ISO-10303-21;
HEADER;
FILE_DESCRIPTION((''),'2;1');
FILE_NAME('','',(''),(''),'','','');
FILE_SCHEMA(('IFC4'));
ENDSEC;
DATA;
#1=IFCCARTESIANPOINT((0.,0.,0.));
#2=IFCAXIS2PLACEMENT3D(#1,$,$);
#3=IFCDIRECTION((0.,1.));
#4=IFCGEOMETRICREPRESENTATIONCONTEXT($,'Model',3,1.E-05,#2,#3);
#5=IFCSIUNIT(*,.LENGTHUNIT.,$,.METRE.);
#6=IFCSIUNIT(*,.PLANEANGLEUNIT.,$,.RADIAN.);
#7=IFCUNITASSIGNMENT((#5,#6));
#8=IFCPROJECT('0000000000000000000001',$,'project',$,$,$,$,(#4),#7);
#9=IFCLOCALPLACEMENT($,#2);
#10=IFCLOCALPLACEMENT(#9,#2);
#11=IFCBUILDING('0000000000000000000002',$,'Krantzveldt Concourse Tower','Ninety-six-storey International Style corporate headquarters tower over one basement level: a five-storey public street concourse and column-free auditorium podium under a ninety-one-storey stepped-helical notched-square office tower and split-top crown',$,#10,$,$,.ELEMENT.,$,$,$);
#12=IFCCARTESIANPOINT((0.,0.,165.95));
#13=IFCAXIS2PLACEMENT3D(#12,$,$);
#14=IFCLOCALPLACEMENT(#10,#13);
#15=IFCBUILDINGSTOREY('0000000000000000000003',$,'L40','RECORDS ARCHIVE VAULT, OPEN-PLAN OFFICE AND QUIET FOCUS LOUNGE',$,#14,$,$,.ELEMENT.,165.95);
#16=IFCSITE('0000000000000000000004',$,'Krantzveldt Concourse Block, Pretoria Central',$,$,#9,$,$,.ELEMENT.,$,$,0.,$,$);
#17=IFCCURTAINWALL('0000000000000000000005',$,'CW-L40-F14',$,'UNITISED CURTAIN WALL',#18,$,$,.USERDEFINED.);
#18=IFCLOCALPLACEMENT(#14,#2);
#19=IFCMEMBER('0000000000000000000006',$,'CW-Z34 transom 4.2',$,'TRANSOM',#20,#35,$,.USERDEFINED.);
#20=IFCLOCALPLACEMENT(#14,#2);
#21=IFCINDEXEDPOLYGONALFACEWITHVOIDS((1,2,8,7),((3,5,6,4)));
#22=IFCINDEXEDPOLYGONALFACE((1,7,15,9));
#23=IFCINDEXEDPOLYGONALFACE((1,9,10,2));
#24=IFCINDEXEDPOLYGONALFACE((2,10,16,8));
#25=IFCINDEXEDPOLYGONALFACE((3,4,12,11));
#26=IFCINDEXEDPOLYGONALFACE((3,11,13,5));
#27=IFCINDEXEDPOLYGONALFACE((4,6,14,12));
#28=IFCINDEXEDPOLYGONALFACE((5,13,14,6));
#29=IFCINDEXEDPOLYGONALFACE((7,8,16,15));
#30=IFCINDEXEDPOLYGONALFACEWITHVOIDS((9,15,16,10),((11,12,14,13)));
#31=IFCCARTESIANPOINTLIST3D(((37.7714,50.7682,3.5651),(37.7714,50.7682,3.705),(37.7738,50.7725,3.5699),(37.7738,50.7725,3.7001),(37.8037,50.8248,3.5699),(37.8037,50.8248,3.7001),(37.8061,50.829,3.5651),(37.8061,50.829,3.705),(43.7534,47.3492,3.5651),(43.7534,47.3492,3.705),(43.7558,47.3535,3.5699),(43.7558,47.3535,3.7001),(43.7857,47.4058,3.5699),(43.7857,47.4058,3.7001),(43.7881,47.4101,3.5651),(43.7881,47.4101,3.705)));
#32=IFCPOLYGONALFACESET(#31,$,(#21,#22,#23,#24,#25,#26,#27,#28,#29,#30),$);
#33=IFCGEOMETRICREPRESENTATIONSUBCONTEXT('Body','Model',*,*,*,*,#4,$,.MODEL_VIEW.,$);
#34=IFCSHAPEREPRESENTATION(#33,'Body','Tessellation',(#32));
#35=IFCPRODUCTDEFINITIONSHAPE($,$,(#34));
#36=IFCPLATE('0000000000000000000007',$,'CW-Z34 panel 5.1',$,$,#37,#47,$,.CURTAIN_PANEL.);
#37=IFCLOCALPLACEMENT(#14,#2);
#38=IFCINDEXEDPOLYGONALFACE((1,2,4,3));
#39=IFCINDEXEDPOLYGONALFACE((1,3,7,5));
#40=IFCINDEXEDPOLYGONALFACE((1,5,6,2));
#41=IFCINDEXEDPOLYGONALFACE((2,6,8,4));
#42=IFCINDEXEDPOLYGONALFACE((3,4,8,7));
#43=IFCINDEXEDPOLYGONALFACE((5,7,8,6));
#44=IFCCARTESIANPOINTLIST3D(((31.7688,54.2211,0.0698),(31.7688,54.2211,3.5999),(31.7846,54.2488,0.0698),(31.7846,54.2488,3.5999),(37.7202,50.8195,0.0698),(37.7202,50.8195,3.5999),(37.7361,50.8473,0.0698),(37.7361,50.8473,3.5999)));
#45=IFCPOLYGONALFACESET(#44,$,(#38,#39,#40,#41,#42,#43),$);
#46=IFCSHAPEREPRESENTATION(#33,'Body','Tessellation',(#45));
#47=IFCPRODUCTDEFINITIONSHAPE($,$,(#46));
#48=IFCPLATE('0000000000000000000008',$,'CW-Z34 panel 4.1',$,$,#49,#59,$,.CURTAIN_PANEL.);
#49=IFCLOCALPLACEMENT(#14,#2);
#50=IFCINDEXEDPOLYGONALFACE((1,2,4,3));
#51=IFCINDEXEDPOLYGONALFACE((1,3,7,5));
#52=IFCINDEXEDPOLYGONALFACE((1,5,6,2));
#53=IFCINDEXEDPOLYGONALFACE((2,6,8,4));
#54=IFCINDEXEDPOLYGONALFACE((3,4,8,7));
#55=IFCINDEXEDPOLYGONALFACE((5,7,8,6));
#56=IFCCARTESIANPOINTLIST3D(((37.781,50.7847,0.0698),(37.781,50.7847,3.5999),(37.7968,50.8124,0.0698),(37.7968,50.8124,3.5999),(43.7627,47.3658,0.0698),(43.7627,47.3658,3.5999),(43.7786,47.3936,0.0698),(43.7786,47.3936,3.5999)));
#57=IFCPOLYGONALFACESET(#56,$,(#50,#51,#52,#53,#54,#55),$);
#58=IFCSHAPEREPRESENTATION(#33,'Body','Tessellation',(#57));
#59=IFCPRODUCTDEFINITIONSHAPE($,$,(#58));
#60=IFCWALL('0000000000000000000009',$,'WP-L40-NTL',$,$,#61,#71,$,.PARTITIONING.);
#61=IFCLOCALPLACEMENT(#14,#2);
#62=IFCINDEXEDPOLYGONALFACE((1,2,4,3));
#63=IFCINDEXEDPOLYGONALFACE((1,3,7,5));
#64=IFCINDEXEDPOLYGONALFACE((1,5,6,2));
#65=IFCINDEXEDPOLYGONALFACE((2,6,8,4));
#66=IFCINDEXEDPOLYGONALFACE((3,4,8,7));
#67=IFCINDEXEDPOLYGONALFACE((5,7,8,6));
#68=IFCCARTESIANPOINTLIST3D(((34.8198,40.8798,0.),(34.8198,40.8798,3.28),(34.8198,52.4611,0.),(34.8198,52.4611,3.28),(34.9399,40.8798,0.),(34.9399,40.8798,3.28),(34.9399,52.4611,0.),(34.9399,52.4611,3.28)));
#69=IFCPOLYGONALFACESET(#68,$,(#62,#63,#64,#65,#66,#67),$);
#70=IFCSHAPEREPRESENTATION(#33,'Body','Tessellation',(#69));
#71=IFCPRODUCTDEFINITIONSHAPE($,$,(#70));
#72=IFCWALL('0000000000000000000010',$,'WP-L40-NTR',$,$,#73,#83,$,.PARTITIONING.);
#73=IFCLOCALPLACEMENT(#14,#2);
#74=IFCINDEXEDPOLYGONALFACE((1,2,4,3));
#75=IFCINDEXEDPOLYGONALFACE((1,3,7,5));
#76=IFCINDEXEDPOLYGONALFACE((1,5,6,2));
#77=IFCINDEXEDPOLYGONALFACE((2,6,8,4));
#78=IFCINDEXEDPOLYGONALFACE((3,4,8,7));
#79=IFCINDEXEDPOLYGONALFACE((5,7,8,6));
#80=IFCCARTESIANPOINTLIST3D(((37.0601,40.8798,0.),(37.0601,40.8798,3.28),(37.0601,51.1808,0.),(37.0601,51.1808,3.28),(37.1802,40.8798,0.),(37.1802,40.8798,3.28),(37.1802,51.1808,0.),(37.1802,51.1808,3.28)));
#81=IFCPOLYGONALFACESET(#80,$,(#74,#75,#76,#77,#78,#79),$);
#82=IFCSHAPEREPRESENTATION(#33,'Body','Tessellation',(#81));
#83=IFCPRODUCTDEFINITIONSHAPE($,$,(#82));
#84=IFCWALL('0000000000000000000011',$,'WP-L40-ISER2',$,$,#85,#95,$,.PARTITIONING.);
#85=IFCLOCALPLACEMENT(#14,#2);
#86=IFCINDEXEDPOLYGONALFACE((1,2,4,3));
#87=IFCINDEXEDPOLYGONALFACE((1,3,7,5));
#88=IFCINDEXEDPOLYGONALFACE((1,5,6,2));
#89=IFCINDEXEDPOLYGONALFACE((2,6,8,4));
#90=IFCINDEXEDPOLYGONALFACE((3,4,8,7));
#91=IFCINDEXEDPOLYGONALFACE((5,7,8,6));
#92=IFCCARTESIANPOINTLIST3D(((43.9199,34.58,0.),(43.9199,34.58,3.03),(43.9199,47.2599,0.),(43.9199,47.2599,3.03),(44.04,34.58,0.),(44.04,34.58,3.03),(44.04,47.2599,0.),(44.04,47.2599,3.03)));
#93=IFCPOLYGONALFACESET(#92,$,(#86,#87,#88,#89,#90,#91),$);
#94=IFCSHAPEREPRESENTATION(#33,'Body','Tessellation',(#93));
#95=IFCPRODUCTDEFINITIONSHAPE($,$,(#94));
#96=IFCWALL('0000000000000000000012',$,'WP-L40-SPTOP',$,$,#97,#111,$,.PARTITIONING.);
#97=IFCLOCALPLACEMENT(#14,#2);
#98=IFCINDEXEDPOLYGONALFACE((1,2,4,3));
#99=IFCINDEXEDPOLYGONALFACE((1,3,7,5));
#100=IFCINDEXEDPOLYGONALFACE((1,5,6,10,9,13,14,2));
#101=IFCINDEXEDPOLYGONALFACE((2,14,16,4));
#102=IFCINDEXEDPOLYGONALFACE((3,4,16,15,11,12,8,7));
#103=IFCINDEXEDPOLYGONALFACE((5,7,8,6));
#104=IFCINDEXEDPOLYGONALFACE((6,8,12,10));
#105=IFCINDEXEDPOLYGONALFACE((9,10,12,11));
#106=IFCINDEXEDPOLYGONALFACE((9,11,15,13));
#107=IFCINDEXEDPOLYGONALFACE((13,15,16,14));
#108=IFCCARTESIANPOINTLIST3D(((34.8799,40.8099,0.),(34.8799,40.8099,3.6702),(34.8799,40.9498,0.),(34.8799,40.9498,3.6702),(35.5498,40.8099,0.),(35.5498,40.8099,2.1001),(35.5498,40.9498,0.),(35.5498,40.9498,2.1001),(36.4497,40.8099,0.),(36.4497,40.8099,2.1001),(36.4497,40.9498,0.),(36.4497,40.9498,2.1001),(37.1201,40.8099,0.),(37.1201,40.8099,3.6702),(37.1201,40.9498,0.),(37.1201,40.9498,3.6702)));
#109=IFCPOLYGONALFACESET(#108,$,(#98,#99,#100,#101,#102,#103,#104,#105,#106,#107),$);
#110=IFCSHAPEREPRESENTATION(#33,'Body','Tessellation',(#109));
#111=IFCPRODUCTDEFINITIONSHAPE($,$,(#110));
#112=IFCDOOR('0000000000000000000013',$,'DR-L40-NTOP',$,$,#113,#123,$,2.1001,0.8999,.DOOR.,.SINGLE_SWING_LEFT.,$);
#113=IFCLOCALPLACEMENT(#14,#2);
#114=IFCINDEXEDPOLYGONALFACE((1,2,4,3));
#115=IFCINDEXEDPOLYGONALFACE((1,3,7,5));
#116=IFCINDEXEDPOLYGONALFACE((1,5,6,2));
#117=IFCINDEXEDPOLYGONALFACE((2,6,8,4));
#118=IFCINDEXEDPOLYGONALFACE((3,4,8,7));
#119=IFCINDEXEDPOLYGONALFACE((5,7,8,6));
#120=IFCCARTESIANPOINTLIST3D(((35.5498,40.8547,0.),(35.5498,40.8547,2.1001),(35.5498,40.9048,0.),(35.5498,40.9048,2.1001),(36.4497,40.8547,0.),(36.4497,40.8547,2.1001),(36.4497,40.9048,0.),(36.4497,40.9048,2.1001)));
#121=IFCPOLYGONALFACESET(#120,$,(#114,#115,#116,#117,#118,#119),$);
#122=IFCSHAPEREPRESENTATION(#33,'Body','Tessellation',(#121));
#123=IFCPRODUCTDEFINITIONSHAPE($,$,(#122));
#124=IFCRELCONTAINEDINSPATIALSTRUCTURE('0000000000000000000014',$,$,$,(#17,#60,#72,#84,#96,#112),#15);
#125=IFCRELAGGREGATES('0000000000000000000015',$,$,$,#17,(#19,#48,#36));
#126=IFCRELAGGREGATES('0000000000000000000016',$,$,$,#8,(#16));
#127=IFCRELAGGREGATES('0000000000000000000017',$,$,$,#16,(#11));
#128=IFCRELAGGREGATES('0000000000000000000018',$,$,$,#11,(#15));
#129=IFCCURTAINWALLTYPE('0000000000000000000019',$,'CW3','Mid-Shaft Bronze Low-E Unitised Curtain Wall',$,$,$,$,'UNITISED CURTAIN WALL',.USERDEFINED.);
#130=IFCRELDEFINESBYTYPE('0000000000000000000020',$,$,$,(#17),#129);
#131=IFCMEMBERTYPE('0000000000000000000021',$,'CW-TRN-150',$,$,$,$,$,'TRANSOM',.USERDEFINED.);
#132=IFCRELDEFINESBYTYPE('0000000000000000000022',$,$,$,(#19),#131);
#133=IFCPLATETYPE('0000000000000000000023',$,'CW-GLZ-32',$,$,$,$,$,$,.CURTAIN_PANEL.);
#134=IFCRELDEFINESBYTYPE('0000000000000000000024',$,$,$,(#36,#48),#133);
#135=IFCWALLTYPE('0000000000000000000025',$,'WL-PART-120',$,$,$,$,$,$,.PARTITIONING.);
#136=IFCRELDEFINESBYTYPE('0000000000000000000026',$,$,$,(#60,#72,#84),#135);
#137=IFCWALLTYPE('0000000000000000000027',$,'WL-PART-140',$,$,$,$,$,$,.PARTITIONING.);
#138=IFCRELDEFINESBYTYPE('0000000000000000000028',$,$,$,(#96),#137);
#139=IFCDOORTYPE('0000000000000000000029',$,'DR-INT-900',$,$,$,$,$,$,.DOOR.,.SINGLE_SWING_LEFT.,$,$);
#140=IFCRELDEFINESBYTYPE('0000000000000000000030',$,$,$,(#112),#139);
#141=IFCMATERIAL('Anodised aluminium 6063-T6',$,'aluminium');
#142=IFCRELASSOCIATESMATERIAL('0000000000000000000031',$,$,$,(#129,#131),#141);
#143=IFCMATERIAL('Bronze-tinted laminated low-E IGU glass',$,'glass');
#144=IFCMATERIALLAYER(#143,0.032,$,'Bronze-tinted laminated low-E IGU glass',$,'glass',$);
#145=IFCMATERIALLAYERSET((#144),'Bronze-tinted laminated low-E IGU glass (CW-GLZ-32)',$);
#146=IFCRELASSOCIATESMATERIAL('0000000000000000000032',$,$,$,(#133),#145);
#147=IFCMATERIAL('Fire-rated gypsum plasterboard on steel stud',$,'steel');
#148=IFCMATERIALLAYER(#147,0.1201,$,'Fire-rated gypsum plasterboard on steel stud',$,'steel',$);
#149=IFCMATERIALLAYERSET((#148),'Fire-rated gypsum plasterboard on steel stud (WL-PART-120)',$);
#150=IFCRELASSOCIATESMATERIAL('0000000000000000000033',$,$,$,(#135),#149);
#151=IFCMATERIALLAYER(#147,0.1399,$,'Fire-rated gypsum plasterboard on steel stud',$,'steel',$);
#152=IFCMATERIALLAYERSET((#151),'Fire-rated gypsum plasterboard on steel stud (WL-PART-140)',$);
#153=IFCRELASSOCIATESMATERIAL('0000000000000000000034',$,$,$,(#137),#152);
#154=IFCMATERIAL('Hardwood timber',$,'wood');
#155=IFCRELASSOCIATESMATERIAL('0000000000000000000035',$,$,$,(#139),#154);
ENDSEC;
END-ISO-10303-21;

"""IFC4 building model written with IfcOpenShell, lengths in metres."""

from ifc_helpers import new_model, si_unit, direction, frame, frame_2d, origin, origin_2d, place, context, subcontext, project, spatial, rectangle, hollow_rectangle, extrude, source, transform, mapped, material, layer, layer_set, material_profile, profile_set, type_object, type_shapes, element, fill, aggregate, save


model = new_model("IFC4")

# Units and contexts
model_context = context("Model", 3, precision=1e-05, world=origin(), true_north=direction((0.0, 1.0)))
body_context = subcontext(model_context, "Body", "Model", "MODEL_VIEW")
ifc_project = project(units=[si_unit("LENGTHUNIT", "METRE"), si_unit("PLANEANGLEUNIT", "RADIAN")], contexts=[model_context])

# Site, building, storey
site_placement = place(None, origin())
site = spatial("IfcSite", under=ifc_project, at=site_placement, Name="Krantzveldt Concourse Block, Pretoria Central", CompositionType="ELEMENT", RefElevation=0.0)
building_placement = place(site_placement, origin())
building = spatial("IfcBuilding", under=site, at=building_placement, Name="Krantzveldt Concourse Tower", Description="Ninety-six-storey International Style corporate headquarters tower over one basement level: a five-storey public street concourse and column-free auditorium podium under a ninety-one-storey stepped-helical notched-square office tower and split-top crown", CompositionType="ELEMENT")
storey_placement = place(building_placement, frame((0.0, 0.0, 165.95)))
storey = spatial("IfcBuildingStorey", under=building, at=storey_placement, Name="L40", Description="RECORDS ARCHIVE VAULT, OPEN-PLAN OFFICE AND QUIET FOCUS LOUNGE", CompositionType="ELEMENT", Elevation=165.95)

# Curtain wall, member, plates
ifc_material_1 = material(Name="Anodised aluminium 6063-T6", Category="aluminium")
curtain_wall_type = type_object("IfcCurtainWallType", Name="CW3", Description="Mid-Shaft Bronze Low-E Unitised Curtain Wall", ElementType="UNITISED CURTAIN WALL", PredefinedType="USERDEFINED", material=ifc_material_1)
curtain_wall_placement = place(storey_placement, origin())
curtain_wall = element("IfcCurtainWall", 1, at=curtain_wall_placement, inside=storey, type_object=curtain_wall_type, Name="CW-L40-F14", ObjectType="UNITISED CURTAIN WALL", PredefinedType="USERDEFINED")
ifc_material_profile_1 = material_profile(ifc_material_1, hollow_rectangle(XDim=0.0701, YDim=0.1399, WallThickness=0.0049, at=origin_2d()), Name="Anodised aluminium 6063-T6", Category="aluminium")
ifc_profile_set_1 = profile_set([ifc_material_profile_1], Name="Anodised aluminium 6063-T6 - ALU-TRAN 140x70x5")
member_type_1 = type_object("IfcMemberType", Name="CW-TRN-150", ElementType="TRANSOM", PredefinedType="USERDEFINED", material=ifc_profile_set_1)
shared_shape_1 = source(origin(), body_context, "Body", "SweptSolid", [
    extrude(hollow_rectangle(XDim=0.0701, YDim=0.1399, WallThickness=0.0049, at=origin_2d()), origin(), (0.0, 0.0, 1.0), 6.8901),
])
member_1_placement = place(storey_placement, frame((43.7708, 47.3796, 3.635), z_axis=(-0.8682, 0.496215, 0.0), x_axis=(-0.496215, -0.8682, 0.0)))
member_1 = element("IfcMember", 2, at=member_1_placement, type_object=member_type_1, Name="CW-Z34 transom 4.2", ObjectType="TRANSOM", PredefinedType="USERDEFINED", context=body_context, shape_type="MappedRepresentation", body=[
    mapped(shared_shape_1, transform((0.0, 0.0, 0.0), x_axis=(1.0, 0.0, 0.0), y_axis=(0.0, 1.0, 0.0), z_axis=(0.0, 0.0, 1.0), scale=1.0)),
])
ifc_material_2 = material(Name="Bronze-tinted laminated low-E IGU glass", Category="glass")
ifc_layer_1 = layer(ifc_material_2, 0.032, Name="Bronze-tinted laminated low-E IGU glass", Category="glass")
ifc_layer_set_1 = layer_set([ifc_layer_1], Name="Bronze-tinted laminated low-E IGU glass (CW-GLZ-32)")
plate_type = type_object("IfcPlateType", Name="CW-GLZ-32", PredefinedType="CURTAIN_PANEL", material=ifc_layer_set_1)
shared_shape_2 = source(origin(), body_context, "Body", "SweptSolid", [
    extrude(rectangle(XDim=6.855, YDim=0.032, at=origin_2d()), origin(), (0.0, 0.0, 1.0), 3.53),
])
plate_1_placement = place(storey_placement, frame((34.7524, 52.5342, 0.0698), z_axis=(0.0, 0.0, 1.0), x_axis=(-0.868199, 0.496216, 0.0)))
plate_1 = element("IfcPlate", 3, at=plate_1_placement, type_object=plate_type, Name="CW-Z34 panel 5.1", PredefinedType="CURTAIN_PANEL", context=body_context, shape_type="MappedRepresentation", body=[
    mapped(shared_shape_2, transform((0.0, 0.0, 0.0), x_axis=(1.0, 0.0, 0.0), y_axis=(0.0, 1.0, 0.0), z_axis=(0.0, 0.0, 1.0), scale=1.0)),
])
shared_shape_3 = source(origin(), body_context, "Body", "SweptSolid", [
    extrude(rectangle(XDim=6.8899, YDim=0.032, at=origin_2d()), origin(), (0.0, 0.0, 1.0), 3.53),
])
type_shapes(plate_type, [shared_shape_2, shared_shape_3])
plate_2_placement = place(storey_placement, frame((40.7798, 49.0891, 0.0698), z_axis=(0.0, 0.0, 1.0), x_axis=(-0.868199, 0.496216, 0.0)))
plate_2 = element("IfcPlate", 4, at=plate_2_placement, type_object=plate_type, Name="CW-Z34 panel 4.1", PredefinedType="CURTAIN_PANEL", context=body_context, shape_type="MappedRepresentation", body=[
    mapped(shared_shape_3, transform((0.0, 0.0, 0.0), x_axis=(1.0, 0.0, 0.0), y_axis=(0.0, 1.0, 0.0), z_axis=(0.0, 0.0, 1.0), scale=1.0)),
])
aggregate(curtain_wall, [member_1, plate_2, plate_1])

# Walls
ifc_material_3 = material(Name="Fire-rated gypsum plasterboard on steel stud", Category="steel")
ifc_layer_2 = layer(ifc_material_3, 0.1201, Name="Fire-rated gypsum plasterboard on steel stud", Category="steel")
ifc_layer_set_2 = layer_set([ifc_layer_2], Name="Fire-rated gypsum plasterboard on steel stud (WL-PART-120)")
wall_type_1 = type_object("IfcWallType", Name="WL-PART-120", PredefinedType="PARTITIONING", material=ifc_layer_set_2)
wall_1_placement = place(storey_placement, frame((34.8799, 40.8799, 0.0), z_axis=(0.0, 0.0, 1.0), x_axis=(0.0, 1.0, 0.0)))
element("IfcWall", 5, at=wall_1_placement, inside=storey, type_object=wall_type_1, Name="WP-L40-NTL", PredefinedType="PARTITIONING", context=body_context, shape_type="SweptSolid", body=[
    extrude(rectangle(XDim=11.5813, YDim=0.1201, at=frame_2d((5.7905, 0.0))), origin(), (0.0, 0.0, 1.0), 3.28),
])
wall_2_placement = place(storey_placement, frame((37.1201, 40.8799, 0.0), z_axis=(0.0, 0.0, 1.0), x_axis=(0.0, 1.0, 0.0)))
element("IfcWall", 6, at=wall_2_placement, inside=storey, type_object=wall_type_1, Name="WP-L40-NTR", PredefinedType="PARTITIONING", context=body_context, shape_type="SweptSolid", body=[
    extrude(rectangle(XDim=10.301, YDim=0.1201, at=frame_2d((5.1504, 0.0))), origin(), (0.0, 0.0, 1.0), 3.28),
])
wall_3_placement = place(storey_placement, frame((43.98, 34.5801, 0.0), z_axis=(0.0, 0.0, 1.0), x_axis=(0.0, 1.0, 0.0)))
element("IfcWall", 7, at=wall_3_placement, inside=storey, type_object=wall_type_1, Name="WP-L40-ISER2", PredefinedType="PARTITIONING", context=body_context, shape_type="SweptSolid", body=[
    extrude(rectangle(XDim=12.6799, YDim=0.1201, at=frame_2d((6.3398, 0.0))), origin(), (0.0, 0.0, 1.0), 3.03),
])

# Wall, opening, door
ifc_layer_3 = layer(ifc_material_3, 0.1399, Name="Fire-rated gypsum plasterboard on steel stud", Category="steel")
ifc_layer_set_3 = layer_set([ifc_layer_3], Name="Fire-rated gypsum plasterboard on steel stud (WL-PART-140)")
wall_type_2 = type_object("IfcWallType", Name="WL-PART-140", PredefinedType="PARTITIONING", material=ifc_layer_set_3)
wall_4_placement = place(storey_placement, frame((34.8799, 40.8799, 0.0), z_axis=(0.0, 0.0, 1.0), x_axis=(1.0, 0.0, 0.0)))
wall_4 = element("IfcWall", 8, at=wall_4_placement, inside=storey, type_object=wall_type_2, Name="WP-L40-SPTOP", PredefinedType="PARTITIONING", context=body_context, shape_type="SweptSolid", body=[
    extrude(rectangle(XDim=2.2402, YDim=0.1399, at=frame_2d((1.1201, 0.0))), origin(), (0.0, 0.0, 1.0), 3.6702),
])
opening_placement = place(wall_4_placement, frame((0.6699, 0.0, 0.0)))
opening = element("IfcOpeningElement", 9, at=opening_placement, cuts=wall_4, PredefinedType="OPENING", context=body_context, shape_type="SweptSolid", body=[
    extrude(rectangle(XDim=0.8999, YDim=2.1001, at=frame_2d((0.45, 1.05))), frame((0.0, 0.0801, 0.0), z_axis=(0.0, -1.0, 0.0), x_axis=(1.0, 0.0, 0.0)), (0.0, 0.0, 1.0), 0.1599),
])
ifc_material_4 = material(Name="Hardwood timber", Category="wood")
door_type = type_object("IfcDoorType", Name="DR-INT-900", OperationType="SINGLE_SWING_LEFT", PredefinedType="DOOR", material=ifc_material_4)
door_placement = place(opening_placement, origin())
door = element("IfcDoor", 10, at=door_placement, inside=storey, type_object=door_type, Name="DR-L40-NTOP", OperationType="SINGLE_SWING_LEFT", OverallHeight=2.1001, OverallWidth=0.8999, PredefinedType="DOOR", context=body_context, shape_type="SweptSolid", body=[
    extrude(rectangle(XDim=0.8999, YDim=2.1001, at=frame_2d((0.45, 1.05))), frame((0.0, 0.0249, 0.0), z_axis=(0.0, -1.0, 0.0), x_axis=(1.0, 0.0, 0.0)), (0.0, 0.0, 1.0), 0.05),
])
fill(opening, door)

save(model, "model.ifc")
